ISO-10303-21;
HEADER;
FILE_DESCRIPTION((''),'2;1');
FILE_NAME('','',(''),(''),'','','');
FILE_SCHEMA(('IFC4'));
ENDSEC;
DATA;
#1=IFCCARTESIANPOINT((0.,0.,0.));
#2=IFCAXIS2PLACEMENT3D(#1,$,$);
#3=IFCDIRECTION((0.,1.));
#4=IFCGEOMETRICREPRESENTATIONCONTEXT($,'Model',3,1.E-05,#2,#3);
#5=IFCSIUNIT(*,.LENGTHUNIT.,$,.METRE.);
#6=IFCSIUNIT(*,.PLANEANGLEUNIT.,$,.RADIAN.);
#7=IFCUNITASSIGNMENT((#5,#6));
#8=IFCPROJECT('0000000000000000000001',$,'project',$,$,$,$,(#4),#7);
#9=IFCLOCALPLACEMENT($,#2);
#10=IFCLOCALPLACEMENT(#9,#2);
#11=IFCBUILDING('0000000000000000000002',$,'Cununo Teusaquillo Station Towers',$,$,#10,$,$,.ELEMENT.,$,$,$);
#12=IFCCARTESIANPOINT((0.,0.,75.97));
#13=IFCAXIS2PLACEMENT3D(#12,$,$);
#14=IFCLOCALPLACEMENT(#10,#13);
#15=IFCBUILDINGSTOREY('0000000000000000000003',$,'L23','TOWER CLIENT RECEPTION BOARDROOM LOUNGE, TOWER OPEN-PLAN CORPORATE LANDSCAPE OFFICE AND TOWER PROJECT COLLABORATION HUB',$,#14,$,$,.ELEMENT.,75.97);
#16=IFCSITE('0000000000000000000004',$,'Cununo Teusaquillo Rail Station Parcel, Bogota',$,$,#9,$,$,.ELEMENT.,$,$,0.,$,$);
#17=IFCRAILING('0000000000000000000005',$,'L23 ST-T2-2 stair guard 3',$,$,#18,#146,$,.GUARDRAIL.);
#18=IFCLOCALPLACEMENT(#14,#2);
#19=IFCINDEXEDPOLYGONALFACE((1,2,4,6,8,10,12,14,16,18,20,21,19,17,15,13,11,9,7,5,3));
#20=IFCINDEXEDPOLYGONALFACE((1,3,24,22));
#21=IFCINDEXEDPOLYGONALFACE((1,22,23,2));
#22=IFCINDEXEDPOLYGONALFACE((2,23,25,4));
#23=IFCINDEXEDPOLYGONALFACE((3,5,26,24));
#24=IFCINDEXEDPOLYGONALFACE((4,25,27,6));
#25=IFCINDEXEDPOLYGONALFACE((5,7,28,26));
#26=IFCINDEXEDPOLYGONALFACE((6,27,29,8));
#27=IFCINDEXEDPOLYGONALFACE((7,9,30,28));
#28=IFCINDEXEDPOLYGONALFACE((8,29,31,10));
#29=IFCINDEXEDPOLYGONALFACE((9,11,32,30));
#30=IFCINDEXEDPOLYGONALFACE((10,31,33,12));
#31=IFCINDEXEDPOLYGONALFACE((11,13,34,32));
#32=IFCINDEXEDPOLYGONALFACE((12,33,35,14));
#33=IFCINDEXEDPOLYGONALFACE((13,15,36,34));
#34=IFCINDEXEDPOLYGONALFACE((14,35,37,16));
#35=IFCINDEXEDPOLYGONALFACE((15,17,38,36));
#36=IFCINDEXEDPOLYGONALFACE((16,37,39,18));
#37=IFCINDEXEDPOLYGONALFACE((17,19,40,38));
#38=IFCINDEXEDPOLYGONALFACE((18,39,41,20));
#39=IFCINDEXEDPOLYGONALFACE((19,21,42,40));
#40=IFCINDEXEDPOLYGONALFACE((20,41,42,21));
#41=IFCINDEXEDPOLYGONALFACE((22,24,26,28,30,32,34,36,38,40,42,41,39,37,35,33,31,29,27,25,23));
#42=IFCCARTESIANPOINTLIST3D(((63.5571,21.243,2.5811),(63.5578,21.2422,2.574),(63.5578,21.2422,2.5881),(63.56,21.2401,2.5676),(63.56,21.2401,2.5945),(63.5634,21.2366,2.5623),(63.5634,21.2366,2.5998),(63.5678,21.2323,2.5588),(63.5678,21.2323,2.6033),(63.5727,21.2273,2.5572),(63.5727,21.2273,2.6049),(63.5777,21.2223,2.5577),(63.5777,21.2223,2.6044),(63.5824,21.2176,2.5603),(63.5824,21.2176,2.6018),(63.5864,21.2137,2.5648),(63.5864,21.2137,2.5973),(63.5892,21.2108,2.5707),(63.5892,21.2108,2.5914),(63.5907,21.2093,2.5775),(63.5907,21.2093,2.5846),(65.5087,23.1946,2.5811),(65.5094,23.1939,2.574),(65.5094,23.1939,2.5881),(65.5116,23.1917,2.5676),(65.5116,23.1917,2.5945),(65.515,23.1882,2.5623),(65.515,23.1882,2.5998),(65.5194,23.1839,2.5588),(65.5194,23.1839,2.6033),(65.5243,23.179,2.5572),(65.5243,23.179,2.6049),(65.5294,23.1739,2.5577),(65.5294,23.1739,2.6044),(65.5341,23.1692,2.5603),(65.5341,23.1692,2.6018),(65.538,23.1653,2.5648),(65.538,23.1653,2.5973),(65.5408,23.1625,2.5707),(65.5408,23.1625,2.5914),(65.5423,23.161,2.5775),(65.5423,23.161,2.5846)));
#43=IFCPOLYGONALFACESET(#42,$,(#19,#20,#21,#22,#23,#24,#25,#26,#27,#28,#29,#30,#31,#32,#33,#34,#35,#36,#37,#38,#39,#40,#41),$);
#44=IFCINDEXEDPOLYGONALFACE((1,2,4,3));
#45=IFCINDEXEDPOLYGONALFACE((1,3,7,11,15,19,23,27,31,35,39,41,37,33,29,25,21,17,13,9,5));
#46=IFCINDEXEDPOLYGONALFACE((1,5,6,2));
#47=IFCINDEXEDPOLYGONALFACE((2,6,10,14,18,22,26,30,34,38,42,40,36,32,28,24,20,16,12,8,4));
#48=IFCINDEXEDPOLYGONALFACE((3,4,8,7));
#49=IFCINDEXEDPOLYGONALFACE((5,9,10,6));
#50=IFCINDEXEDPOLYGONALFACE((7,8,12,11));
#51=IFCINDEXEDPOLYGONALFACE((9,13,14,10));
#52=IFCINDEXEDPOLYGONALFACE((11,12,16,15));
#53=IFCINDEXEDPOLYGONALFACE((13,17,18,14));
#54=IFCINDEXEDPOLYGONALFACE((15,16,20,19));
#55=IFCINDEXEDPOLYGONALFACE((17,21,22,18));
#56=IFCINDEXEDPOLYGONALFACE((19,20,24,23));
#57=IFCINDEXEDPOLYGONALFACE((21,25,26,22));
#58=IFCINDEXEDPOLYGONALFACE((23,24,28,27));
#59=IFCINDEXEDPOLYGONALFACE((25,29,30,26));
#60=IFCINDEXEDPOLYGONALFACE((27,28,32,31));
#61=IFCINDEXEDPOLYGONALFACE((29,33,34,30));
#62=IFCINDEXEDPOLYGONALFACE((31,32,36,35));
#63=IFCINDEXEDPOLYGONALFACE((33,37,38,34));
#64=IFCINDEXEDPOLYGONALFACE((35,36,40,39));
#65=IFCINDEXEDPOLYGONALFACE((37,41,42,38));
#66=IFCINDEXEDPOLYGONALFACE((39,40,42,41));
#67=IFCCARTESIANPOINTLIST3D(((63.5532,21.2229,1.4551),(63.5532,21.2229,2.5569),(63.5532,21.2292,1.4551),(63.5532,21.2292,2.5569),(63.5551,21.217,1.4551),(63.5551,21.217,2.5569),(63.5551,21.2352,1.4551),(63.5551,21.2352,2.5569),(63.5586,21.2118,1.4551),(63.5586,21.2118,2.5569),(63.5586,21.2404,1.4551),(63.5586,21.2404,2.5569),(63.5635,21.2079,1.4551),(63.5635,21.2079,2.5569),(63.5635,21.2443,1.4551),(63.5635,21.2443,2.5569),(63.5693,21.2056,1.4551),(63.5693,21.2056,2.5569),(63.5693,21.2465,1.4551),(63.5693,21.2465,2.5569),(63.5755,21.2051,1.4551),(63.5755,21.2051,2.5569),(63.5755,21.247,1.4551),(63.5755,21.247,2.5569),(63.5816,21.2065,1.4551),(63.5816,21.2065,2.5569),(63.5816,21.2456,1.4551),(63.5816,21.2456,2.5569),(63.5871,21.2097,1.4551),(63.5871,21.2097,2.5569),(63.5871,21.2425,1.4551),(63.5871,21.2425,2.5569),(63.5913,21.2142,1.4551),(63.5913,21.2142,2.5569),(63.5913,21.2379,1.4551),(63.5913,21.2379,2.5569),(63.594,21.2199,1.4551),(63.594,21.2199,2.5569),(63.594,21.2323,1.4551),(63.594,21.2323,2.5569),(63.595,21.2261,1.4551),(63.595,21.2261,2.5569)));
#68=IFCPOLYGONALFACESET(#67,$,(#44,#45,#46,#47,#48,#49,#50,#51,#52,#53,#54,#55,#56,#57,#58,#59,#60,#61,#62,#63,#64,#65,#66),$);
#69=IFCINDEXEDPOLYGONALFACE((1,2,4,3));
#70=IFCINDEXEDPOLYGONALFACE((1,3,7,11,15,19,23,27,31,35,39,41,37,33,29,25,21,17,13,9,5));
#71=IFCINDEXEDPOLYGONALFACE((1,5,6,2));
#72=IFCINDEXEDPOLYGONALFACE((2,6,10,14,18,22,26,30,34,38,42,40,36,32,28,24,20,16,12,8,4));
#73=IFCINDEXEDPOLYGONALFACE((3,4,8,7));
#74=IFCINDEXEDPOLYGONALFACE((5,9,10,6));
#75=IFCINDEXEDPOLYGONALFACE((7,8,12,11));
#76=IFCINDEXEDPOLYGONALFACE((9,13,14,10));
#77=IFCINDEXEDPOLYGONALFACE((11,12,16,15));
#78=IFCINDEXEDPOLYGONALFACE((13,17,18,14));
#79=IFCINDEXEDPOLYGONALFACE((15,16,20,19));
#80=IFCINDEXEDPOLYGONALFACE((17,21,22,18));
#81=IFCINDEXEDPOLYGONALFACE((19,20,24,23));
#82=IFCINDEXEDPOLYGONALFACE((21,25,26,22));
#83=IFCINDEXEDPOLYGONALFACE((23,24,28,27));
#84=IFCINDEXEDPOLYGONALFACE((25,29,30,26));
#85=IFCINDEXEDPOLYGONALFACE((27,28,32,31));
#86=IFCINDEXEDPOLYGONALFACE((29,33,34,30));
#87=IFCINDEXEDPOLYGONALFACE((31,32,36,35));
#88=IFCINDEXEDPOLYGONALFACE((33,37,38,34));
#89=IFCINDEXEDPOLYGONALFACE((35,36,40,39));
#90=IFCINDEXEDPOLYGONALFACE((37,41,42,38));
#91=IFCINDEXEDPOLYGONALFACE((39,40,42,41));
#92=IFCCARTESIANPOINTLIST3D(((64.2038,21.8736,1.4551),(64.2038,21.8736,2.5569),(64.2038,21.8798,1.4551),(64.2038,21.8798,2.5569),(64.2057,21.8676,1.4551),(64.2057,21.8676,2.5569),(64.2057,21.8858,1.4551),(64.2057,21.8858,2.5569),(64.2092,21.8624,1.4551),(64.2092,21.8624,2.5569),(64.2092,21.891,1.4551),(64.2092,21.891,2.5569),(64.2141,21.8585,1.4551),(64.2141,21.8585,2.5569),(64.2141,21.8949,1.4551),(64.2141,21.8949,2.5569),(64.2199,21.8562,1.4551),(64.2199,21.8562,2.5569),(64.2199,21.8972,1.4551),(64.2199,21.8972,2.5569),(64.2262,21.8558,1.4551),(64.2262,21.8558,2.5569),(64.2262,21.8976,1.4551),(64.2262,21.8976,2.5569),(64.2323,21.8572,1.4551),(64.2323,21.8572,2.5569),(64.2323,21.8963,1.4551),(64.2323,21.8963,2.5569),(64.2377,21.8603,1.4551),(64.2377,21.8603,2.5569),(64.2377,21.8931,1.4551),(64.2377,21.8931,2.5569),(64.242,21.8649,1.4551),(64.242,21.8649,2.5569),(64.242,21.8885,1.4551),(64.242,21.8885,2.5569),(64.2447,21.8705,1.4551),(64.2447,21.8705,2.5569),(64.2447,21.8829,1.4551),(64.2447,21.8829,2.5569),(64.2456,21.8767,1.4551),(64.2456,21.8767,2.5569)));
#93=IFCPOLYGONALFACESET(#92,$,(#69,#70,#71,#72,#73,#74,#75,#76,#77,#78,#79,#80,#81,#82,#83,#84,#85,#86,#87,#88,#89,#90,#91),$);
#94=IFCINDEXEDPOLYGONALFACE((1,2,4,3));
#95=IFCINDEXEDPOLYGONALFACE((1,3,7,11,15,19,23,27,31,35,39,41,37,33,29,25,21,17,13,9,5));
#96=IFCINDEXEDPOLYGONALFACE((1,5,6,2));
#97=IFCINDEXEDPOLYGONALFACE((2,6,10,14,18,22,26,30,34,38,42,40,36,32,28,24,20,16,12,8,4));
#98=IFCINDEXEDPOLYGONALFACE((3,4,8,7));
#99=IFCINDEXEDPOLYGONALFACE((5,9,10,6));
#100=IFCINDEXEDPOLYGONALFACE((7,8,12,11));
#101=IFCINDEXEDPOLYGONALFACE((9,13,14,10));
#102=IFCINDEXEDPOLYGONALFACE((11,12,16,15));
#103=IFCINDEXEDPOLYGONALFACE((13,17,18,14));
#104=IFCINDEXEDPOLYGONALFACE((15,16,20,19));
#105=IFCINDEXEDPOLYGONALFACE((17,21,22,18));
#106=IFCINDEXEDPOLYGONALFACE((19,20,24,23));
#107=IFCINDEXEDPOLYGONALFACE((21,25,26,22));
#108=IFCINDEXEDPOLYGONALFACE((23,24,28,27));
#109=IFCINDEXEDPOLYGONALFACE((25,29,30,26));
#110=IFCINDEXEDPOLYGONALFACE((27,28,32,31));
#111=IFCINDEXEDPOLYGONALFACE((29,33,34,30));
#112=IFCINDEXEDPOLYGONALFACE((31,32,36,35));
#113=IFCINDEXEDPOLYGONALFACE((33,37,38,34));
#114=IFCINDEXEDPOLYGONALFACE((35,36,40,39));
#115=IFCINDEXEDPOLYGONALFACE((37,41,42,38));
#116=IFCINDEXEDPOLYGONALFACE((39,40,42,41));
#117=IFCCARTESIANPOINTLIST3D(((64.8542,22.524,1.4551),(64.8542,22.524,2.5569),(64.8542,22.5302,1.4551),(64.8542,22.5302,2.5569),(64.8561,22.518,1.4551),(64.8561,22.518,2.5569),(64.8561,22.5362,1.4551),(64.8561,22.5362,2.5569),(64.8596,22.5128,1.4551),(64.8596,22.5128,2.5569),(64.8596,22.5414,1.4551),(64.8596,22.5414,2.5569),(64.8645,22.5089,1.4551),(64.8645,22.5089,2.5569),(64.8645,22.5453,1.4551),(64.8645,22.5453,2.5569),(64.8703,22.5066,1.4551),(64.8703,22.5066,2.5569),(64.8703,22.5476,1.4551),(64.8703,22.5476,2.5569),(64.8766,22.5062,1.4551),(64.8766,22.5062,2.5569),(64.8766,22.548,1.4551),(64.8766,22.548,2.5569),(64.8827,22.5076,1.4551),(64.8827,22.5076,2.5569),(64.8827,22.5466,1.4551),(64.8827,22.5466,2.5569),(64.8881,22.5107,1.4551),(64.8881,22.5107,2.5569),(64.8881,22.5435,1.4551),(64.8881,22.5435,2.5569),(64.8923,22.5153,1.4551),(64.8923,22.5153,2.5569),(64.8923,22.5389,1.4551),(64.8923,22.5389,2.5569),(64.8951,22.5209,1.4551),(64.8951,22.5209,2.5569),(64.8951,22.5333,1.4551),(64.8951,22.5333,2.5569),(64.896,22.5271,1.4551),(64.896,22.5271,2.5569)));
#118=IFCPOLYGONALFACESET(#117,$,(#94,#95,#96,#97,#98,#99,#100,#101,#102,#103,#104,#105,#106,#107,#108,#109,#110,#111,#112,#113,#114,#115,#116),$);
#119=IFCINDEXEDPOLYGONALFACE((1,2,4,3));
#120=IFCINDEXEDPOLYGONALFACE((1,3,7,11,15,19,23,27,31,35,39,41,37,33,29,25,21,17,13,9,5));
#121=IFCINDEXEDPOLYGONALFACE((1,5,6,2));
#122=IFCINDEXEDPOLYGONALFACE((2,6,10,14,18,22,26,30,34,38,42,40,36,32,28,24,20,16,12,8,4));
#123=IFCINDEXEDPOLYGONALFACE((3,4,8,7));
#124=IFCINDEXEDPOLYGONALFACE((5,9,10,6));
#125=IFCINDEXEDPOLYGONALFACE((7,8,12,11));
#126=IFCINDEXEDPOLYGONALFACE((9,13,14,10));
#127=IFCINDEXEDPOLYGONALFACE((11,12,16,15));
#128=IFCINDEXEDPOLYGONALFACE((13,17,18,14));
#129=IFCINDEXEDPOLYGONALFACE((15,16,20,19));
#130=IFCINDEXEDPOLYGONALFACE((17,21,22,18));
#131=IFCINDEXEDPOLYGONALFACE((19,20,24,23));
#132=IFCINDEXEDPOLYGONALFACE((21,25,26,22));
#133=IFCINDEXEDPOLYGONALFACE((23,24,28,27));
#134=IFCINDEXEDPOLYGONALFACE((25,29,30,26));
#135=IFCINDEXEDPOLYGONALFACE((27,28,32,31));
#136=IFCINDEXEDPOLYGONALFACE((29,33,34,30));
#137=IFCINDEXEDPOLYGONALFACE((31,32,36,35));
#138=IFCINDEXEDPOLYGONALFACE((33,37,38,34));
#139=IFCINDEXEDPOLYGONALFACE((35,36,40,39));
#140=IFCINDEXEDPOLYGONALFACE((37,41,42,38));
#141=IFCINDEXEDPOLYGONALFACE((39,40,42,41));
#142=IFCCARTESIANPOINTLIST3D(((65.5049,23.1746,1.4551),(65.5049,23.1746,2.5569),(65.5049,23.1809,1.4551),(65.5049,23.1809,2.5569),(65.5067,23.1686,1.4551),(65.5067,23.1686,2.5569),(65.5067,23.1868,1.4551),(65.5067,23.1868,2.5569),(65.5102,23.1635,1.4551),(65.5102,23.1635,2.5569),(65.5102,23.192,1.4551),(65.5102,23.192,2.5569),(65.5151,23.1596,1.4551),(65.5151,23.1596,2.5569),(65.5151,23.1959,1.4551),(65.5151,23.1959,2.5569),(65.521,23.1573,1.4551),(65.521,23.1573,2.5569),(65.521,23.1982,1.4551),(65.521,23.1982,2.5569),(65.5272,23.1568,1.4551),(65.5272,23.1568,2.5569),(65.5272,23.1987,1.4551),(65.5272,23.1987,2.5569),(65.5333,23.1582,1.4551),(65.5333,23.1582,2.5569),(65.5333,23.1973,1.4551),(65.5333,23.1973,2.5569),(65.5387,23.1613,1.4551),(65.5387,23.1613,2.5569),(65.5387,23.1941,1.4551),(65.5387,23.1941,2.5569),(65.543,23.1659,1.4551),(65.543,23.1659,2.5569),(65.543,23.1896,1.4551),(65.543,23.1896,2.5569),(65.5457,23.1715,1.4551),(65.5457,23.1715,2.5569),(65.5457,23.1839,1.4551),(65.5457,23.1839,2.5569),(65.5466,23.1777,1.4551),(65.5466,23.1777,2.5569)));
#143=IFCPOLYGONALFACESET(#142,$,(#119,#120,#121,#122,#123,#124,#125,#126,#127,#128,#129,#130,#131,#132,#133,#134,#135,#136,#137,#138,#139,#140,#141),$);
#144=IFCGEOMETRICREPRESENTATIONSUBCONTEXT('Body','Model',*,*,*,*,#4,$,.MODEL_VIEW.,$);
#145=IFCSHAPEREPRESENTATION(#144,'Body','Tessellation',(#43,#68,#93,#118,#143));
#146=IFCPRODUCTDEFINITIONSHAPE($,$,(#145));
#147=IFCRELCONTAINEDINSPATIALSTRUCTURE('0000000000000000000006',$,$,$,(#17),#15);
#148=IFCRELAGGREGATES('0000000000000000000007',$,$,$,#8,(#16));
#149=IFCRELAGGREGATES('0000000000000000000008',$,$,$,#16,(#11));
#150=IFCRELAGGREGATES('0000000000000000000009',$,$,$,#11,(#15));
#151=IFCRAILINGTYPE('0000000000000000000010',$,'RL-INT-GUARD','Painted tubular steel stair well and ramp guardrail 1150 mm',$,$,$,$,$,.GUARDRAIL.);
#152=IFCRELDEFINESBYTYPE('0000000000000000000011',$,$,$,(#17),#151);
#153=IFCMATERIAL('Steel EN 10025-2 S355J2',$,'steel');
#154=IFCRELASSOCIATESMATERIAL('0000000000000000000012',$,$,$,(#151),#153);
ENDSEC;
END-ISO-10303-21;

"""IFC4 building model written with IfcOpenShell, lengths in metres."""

from ifc_helpers import new_model, si_unit, direction, frame, origin, origin_2d, place, context, subcontext, project, spatial, circle, extrude, material, type_object, element, save


model = new_model("IFC4")

# Units and contexts
model_context = context("Model", 3, precision=1e-05, world=origin(), true_north=direction((0.0, 1.0)))
body_context = subcontext(model_context, "Body", "Model", "MODEL_VIEW")
ifc_project = project(units=[si_unit("LENGTHUNIT", "METRE"), si_unit("PLANEANGLEUNIT", "RADIAN")], contexts=[model_context])

# Site, building, storey
site_placement = place(None, origin())
site = spatial("IfcSite", under=ifc_project, at=site_placement, Name="Cununo Teusaquillo Rail Station Parcel, Bogota", CompositionType="ELEMENT", RefElevation=0.0)
building_placement = place(site_placement, origin())
building = spatial("IfcBuilding", under=site, at=building_placement, Name="Cununo Teusaquillo Station Towers", CompositionType="ELEMENT")
storey_placement = place(building_placement, frame((0.0, 0.0, 75.97)))
storey = spatial("IfcBuildingStorey", under=building, at=storey_placement, Name="L23", Description="TOWER CLIENT RECEPTION BOARDROOM LOUNGE, TOWER OPEN-PLAN CORPORATE LANDSCAPE OFFICE AND TOWER PROJECT COLLABORATION HUB", CompositionType="ELEMENT", Elevation=75.97)

# Railing
ifc_material_1 = material(Name="Steel EN 10025-2 S355J2", Category="steel")
railing_type = type_object("IfcRailingType", Name="RL-INT-GUARD", Description="Painted tubular steel stair well and ramp guardrail 1150 mm", PredefinedType="GUARDRAIL", material=ifc_material_1)
railing_1_placement = place(storey_placement, frame((63.574, 21.2261, 1.4551)))
element("IfcRailing", 1, at=railing_1_placement, inside=storey, type_object=railing_type, Name="L23 ST-T2-2 stair guard 3", PredefinedType="GUARDRAIL", context=body_context, shape_type="SweptSolid", body=[
    extrude(circle(Radius=0.0239, at=origin_2d()), frame((0.0, 0.0, 1.126), z_axis=(0.707107, 0.707107, 0.0), x_axis=(-0.707107, 0.707107, 0.0)), (0.0, 0.0, 1.0), 2.76),
    extrude(circle(Radius=0.021, at=origin_2d()), origin(), (0.0, 0.0, 1.0), 1.1018),
    extrude(circle(Radius=0.021, at=origin_2d()), frame((0.6506, 0.6506, 0.0)), (0.0, 0.0, 1.0), 1.1018),
    extrude(circle(Radius=0.021, at=origin_2d()), frame((1.301, 1.301, 0.0)), (0.0, 0.0, 1.0), 1.1018),
    extrude(circle(Radius=0.021, at=origin_2d()), frame((1.9517, 1.9517, 0.0)), (0.0, 0.0, 1.0), 1.1018),
])

save(model, "model.ifc")
